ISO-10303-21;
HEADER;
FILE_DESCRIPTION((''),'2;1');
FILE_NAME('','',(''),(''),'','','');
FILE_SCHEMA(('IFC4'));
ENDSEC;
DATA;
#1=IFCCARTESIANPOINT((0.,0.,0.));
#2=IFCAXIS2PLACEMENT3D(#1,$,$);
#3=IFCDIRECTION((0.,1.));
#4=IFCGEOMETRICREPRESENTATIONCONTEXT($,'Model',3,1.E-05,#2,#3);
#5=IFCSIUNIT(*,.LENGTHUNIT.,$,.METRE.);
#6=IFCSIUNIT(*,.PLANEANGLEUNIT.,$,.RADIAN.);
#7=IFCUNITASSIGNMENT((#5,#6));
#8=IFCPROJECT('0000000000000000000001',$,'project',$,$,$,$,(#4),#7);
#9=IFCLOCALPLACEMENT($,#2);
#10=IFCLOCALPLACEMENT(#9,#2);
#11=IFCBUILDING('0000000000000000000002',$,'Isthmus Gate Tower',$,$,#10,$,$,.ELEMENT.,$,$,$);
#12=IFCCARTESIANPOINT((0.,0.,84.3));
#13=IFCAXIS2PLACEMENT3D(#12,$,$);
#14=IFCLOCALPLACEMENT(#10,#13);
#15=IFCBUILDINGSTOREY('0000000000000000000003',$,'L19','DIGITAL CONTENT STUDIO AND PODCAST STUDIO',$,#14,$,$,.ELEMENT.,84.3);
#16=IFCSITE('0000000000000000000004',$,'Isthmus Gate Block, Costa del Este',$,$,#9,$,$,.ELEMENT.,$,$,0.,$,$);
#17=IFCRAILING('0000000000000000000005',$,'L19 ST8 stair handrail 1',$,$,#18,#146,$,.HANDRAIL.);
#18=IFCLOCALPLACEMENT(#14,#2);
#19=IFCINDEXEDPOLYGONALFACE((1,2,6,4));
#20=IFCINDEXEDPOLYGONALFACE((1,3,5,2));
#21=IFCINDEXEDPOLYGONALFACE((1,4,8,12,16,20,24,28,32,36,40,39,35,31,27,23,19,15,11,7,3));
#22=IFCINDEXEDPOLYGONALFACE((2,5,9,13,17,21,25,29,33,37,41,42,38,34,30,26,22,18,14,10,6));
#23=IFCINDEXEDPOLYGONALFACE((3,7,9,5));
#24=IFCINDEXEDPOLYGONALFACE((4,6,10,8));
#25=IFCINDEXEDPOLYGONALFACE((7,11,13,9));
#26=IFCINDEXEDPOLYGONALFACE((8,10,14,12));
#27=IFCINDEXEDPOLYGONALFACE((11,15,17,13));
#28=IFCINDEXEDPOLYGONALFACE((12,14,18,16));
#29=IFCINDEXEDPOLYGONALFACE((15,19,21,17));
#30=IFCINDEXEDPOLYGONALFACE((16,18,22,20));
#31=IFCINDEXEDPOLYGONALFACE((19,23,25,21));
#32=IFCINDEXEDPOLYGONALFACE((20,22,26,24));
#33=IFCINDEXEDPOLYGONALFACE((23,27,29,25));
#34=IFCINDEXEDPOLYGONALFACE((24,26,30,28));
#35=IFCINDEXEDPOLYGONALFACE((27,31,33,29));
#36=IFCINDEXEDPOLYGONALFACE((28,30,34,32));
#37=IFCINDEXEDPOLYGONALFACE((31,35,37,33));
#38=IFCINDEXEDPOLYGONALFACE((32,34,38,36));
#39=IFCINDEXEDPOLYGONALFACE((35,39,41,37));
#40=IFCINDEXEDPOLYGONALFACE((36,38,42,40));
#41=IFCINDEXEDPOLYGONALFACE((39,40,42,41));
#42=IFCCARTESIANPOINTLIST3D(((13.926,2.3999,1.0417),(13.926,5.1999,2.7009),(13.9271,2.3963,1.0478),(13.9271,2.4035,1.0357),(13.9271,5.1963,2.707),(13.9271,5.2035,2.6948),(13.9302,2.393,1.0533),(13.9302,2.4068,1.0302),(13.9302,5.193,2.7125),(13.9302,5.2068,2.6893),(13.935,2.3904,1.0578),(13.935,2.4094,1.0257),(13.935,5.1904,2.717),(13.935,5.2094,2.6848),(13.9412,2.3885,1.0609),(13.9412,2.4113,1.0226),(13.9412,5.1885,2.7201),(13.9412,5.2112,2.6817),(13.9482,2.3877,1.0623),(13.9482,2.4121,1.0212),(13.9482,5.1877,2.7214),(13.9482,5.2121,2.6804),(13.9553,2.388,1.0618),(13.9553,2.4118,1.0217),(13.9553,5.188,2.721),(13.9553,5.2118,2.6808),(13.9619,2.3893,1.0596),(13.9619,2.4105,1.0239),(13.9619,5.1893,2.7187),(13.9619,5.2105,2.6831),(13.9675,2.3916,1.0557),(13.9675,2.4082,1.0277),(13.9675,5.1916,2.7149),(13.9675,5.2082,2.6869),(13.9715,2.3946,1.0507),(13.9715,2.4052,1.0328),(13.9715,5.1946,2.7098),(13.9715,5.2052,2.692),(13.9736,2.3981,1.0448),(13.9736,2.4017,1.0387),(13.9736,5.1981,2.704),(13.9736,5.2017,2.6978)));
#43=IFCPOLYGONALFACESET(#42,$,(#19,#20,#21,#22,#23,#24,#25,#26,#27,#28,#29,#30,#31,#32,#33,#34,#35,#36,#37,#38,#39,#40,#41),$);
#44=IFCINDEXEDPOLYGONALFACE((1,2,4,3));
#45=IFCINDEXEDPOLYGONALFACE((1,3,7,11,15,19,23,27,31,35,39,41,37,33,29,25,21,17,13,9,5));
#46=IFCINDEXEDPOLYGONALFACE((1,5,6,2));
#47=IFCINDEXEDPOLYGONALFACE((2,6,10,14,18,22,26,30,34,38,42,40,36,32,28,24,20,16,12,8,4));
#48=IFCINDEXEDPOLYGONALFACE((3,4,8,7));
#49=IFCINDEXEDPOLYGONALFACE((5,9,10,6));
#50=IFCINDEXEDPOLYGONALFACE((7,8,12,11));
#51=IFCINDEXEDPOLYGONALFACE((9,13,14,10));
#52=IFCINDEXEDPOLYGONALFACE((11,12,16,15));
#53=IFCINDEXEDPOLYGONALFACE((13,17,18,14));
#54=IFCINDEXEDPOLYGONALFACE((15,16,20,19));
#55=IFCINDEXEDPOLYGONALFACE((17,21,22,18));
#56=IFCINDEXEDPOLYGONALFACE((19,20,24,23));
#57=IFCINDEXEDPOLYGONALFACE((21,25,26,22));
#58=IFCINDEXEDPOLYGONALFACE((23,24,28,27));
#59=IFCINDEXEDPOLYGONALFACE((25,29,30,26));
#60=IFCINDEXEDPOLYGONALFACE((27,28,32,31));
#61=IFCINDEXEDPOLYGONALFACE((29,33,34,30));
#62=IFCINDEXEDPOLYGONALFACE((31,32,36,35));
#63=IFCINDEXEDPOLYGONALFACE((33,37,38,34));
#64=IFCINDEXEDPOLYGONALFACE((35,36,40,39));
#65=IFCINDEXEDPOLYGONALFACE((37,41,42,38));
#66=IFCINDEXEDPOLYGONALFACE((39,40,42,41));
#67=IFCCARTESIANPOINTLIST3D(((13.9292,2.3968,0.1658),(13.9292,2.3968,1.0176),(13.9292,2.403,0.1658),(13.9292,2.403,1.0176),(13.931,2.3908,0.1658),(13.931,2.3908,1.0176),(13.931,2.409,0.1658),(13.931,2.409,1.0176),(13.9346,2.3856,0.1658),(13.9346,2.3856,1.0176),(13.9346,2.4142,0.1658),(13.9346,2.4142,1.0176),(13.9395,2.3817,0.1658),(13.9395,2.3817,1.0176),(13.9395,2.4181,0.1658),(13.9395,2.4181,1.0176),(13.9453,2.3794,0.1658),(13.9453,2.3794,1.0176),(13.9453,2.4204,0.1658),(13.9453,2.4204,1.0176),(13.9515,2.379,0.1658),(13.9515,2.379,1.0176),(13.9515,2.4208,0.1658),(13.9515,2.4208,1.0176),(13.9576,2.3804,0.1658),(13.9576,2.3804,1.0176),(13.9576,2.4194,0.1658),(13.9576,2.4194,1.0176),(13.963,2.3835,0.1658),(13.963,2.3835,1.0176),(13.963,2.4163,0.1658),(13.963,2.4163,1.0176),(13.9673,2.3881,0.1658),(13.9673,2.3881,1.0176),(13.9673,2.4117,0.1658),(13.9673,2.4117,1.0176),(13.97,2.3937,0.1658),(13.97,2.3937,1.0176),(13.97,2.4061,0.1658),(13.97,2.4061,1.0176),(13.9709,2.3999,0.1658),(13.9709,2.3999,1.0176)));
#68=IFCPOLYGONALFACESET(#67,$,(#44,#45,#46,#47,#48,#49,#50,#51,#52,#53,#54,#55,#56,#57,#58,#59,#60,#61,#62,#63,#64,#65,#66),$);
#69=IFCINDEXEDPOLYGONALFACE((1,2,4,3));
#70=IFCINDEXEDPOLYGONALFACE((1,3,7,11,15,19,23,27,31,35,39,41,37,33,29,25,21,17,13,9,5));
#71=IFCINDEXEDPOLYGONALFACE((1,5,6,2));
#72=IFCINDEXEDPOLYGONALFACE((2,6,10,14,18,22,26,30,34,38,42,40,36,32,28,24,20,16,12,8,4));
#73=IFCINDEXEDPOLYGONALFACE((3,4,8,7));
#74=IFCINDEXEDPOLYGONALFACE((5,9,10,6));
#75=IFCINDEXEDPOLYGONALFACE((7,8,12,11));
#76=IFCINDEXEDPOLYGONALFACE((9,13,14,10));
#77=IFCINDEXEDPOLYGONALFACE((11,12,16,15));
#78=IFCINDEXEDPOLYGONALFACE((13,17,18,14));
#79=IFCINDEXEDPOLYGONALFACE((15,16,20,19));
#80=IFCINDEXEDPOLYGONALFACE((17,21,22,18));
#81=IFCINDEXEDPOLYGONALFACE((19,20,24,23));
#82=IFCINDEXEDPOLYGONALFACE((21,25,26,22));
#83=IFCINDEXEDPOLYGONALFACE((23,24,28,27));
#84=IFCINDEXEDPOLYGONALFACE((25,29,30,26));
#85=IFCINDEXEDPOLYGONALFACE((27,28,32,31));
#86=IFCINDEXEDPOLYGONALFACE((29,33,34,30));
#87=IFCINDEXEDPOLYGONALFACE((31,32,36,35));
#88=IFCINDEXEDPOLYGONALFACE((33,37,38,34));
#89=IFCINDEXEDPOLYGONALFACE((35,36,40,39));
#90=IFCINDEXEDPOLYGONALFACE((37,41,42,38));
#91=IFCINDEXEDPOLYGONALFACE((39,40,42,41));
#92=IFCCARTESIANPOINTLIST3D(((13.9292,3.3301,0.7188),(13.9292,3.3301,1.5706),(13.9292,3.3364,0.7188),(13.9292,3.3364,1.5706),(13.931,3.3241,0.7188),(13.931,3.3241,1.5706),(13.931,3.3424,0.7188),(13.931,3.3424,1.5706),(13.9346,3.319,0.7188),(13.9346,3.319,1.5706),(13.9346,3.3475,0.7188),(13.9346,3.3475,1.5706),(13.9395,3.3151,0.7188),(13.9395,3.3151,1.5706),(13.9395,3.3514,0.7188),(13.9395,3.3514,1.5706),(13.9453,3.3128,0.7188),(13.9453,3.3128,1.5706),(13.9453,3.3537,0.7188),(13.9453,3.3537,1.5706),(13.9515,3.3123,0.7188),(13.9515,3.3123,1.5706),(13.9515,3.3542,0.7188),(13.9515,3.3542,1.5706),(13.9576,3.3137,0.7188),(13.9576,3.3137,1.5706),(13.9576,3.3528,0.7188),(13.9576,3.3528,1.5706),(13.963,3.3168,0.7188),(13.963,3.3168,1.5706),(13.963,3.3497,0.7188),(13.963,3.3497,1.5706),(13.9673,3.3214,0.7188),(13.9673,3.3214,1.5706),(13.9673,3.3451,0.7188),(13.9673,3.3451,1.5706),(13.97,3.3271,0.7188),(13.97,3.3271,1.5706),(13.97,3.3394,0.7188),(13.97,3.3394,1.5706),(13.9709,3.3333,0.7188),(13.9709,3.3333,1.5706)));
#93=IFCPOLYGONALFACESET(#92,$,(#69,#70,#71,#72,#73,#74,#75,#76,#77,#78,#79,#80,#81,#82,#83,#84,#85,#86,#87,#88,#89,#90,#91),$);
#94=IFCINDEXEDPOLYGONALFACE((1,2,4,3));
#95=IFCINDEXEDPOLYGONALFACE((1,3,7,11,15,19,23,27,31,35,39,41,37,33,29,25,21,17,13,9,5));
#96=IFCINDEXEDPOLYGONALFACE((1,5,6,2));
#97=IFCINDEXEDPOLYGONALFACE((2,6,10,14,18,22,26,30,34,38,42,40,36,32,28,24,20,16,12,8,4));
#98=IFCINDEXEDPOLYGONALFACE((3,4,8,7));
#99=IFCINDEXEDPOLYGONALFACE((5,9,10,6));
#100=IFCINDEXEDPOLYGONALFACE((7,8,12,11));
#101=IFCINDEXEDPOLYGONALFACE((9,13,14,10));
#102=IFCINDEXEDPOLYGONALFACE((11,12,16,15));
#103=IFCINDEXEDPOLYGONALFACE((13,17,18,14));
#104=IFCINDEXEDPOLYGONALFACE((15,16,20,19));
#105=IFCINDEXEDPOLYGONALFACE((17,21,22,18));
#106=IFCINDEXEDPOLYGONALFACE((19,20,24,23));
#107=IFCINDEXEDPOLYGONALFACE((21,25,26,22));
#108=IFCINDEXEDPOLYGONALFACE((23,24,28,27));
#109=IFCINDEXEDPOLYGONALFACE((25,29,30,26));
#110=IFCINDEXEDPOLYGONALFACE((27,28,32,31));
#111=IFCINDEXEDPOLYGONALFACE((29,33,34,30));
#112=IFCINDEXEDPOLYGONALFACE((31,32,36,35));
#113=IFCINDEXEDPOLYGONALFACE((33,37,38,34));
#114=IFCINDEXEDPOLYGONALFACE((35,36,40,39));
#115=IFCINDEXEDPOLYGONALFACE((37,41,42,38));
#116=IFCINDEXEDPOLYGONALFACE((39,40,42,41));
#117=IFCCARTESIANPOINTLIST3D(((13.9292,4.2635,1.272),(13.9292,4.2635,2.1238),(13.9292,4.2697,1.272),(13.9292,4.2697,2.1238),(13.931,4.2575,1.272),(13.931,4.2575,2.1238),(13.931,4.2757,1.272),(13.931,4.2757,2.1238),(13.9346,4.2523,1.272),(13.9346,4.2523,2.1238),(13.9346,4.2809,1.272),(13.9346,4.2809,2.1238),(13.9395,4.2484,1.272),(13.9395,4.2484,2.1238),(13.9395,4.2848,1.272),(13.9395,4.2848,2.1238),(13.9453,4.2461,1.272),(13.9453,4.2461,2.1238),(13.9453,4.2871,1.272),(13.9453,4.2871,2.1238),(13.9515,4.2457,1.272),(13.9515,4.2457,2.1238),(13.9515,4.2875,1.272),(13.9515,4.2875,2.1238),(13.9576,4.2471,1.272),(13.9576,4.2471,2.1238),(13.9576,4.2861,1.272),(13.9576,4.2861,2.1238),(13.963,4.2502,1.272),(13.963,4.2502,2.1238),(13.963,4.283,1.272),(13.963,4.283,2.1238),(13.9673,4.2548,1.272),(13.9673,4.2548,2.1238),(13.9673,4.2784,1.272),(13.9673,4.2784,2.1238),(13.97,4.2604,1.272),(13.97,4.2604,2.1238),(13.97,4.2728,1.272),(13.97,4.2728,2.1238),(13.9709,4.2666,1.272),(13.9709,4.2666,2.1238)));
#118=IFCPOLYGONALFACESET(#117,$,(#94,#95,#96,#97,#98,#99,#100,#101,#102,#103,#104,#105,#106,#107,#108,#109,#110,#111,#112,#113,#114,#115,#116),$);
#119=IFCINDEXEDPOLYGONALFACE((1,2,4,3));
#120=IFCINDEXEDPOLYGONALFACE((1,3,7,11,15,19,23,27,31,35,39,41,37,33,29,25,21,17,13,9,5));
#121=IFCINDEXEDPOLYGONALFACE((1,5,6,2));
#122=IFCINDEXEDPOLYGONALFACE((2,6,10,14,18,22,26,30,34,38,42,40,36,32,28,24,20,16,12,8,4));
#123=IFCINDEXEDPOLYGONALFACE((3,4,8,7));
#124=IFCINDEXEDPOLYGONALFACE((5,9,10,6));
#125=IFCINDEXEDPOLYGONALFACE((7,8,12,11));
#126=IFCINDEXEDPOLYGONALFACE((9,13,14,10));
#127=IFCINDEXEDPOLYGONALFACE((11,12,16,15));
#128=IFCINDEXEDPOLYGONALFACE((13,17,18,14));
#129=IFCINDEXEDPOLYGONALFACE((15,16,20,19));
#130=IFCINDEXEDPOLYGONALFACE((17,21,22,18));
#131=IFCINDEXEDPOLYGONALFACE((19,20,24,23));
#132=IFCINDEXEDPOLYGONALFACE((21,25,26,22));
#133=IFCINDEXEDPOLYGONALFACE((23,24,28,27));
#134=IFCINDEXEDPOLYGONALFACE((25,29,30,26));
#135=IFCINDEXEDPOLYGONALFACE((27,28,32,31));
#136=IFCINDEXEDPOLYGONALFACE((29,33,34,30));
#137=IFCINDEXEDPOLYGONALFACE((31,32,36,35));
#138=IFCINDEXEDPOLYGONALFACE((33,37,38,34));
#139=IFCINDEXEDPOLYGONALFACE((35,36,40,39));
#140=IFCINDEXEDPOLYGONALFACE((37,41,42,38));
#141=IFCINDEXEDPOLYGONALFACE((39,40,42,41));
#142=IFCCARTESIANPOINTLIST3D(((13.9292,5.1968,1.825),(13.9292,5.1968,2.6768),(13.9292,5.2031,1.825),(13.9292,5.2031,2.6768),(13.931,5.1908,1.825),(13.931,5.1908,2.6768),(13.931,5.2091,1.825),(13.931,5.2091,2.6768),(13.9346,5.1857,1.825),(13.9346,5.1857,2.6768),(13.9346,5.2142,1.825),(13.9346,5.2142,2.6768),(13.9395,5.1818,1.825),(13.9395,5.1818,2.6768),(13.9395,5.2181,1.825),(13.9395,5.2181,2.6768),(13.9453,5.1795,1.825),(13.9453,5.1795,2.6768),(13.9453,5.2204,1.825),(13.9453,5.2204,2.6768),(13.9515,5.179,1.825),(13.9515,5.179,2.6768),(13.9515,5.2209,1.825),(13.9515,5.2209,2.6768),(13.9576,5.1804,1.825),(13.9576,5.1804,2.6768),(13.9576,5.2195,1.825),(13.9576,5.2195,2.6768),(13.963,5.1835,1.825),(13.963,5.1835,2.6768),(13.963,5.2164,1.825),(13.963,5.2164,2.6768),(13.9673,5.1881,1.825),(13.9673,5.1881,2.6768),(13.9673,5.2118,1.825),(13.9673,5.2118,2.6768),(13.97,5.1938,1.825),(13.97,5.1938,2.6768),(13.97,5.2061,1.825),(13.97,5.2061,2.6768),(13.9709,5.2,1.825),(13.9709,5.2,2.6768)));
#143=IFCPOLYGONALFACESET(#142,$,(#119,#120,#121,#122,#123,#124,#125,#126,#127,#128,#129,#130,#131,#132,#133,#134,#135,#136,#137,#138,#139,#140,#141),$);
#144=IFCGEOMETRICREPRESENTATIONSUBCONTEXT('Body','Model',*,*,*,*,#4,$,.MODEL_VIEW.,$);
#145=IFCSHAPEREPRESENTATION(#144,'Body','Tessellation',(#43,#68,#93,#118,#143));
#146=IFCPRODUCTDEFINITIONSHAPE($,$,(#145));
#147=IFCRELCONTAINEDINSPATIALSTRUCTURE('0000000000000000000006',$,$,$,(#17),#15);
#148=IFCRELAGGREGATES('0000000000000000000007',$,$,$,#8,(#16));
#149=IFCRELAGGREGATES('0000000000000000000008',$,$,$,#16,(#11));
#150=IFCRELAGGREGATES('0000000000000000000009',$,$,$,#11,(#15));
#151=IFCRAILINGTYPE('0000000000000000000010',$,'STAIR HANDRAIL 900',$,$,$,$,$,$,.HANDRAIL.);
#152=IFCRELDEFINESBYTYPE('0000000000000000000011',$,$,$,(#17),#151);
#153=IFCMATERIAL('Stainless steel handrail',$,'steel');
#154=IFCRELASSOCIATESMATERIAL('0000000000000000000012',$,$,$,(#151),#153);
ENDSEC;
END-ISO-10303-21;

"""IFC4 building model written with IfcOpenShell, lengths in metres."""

from ifc_helpers import new_model, si_unit, direction, frame, origin, origin_2d, place, context, subcontext, project, spatial, circle, extrude, material, type_object, element, save


model = new_model("IFC4")

# Units and contexts
model_context = context("Model", 3, precision=1e-05, world=origin(), true_north=direction((0.0, 1.0)))
body_context = subcontext(model_context, "Body", "Model", "MODEL_VIEW")
ifc_project = project(units=[si_unit("LENGTHUNIT", "METRE"), si_unit("PLANEANGLEUNIT", "RADIAN")], contexts=[model_context])

# Site, building, storey
site_placement = place(None, origin())
site = spatial("IfcSite", under=ifc_project, at=site_placement, Name="Isthmus Gate Block, Costa del Este", CompositionType="ELEMENT", RefElevation=0.0)
building_placement = place(site_placement, origin())
building = spatial("IfcBuilding", under=site, at=building_placement, Name="Isthmus Gate Tower", CompositionType="ELEMENT")
storey_placement = place(building_placement, frame((0.0, 0.0, 84.3)))
storey = spatial("IfcBuildingStorey", under=building, at=storey_placement, Name="L19", Description="DIGITAL CONTENT STUDIO AND PODCAST STUDIO", CompositionType="ELEMENT", Elevation=84.3)

# Railing
ifc_material_1 = material(Name="Stainless steel handrail", Category="steel")
railing_type_1 = type_object("IfcRailingType", Name="STAIR HANDRAIL 900", PredefinedType="HANDRAIL", material=ifc_material_1)
railing_1_placement = place(storey_placement, frame((13.95, 2.3999, 0.1658)))
element("IfcRailing", 1, at=railing_1_placement, inside=storey, type_object=railing_type_1, Name="L19 ST8 stair handrail 1", PredefinedType="HANDRAIL", context=body_context, shape_type="SweptSolid", body=[
    extrude(circle(Radius=0.0239, at=origin_2d()), frame((0.0, 0.0, 0.876), z_axis=(0.0, 0.860306, 0.509778), x_axis=(-1.0, 0.0, 0.0)), (0.0, 0.0, 1.0), 3.2546),
    extrude(circle(Radius=0.021, at=origin_2d()), origin(), (0.0, 0.0, 1.0), 0.8518),
    extrude(circle(Radius=0.021, at=origin_2d()), frame((0.0, 0.9333, 0.553)), (0.0, 0.0, 1.0), 0.8518),
    extrude(circle(Radius=0.021, at=origin_2d()), frame((0.0, 1.8667, 1.1062)), (0.0, 0.0, 1.0), 0.8518),
    extrude(circle(Radius=0.021, at=origin_2d()), frame((0.0, 2.8, 1.6592)), (0.0, 0.0, 1.0), 0.8518),
])

save(model, "model.ifc")
